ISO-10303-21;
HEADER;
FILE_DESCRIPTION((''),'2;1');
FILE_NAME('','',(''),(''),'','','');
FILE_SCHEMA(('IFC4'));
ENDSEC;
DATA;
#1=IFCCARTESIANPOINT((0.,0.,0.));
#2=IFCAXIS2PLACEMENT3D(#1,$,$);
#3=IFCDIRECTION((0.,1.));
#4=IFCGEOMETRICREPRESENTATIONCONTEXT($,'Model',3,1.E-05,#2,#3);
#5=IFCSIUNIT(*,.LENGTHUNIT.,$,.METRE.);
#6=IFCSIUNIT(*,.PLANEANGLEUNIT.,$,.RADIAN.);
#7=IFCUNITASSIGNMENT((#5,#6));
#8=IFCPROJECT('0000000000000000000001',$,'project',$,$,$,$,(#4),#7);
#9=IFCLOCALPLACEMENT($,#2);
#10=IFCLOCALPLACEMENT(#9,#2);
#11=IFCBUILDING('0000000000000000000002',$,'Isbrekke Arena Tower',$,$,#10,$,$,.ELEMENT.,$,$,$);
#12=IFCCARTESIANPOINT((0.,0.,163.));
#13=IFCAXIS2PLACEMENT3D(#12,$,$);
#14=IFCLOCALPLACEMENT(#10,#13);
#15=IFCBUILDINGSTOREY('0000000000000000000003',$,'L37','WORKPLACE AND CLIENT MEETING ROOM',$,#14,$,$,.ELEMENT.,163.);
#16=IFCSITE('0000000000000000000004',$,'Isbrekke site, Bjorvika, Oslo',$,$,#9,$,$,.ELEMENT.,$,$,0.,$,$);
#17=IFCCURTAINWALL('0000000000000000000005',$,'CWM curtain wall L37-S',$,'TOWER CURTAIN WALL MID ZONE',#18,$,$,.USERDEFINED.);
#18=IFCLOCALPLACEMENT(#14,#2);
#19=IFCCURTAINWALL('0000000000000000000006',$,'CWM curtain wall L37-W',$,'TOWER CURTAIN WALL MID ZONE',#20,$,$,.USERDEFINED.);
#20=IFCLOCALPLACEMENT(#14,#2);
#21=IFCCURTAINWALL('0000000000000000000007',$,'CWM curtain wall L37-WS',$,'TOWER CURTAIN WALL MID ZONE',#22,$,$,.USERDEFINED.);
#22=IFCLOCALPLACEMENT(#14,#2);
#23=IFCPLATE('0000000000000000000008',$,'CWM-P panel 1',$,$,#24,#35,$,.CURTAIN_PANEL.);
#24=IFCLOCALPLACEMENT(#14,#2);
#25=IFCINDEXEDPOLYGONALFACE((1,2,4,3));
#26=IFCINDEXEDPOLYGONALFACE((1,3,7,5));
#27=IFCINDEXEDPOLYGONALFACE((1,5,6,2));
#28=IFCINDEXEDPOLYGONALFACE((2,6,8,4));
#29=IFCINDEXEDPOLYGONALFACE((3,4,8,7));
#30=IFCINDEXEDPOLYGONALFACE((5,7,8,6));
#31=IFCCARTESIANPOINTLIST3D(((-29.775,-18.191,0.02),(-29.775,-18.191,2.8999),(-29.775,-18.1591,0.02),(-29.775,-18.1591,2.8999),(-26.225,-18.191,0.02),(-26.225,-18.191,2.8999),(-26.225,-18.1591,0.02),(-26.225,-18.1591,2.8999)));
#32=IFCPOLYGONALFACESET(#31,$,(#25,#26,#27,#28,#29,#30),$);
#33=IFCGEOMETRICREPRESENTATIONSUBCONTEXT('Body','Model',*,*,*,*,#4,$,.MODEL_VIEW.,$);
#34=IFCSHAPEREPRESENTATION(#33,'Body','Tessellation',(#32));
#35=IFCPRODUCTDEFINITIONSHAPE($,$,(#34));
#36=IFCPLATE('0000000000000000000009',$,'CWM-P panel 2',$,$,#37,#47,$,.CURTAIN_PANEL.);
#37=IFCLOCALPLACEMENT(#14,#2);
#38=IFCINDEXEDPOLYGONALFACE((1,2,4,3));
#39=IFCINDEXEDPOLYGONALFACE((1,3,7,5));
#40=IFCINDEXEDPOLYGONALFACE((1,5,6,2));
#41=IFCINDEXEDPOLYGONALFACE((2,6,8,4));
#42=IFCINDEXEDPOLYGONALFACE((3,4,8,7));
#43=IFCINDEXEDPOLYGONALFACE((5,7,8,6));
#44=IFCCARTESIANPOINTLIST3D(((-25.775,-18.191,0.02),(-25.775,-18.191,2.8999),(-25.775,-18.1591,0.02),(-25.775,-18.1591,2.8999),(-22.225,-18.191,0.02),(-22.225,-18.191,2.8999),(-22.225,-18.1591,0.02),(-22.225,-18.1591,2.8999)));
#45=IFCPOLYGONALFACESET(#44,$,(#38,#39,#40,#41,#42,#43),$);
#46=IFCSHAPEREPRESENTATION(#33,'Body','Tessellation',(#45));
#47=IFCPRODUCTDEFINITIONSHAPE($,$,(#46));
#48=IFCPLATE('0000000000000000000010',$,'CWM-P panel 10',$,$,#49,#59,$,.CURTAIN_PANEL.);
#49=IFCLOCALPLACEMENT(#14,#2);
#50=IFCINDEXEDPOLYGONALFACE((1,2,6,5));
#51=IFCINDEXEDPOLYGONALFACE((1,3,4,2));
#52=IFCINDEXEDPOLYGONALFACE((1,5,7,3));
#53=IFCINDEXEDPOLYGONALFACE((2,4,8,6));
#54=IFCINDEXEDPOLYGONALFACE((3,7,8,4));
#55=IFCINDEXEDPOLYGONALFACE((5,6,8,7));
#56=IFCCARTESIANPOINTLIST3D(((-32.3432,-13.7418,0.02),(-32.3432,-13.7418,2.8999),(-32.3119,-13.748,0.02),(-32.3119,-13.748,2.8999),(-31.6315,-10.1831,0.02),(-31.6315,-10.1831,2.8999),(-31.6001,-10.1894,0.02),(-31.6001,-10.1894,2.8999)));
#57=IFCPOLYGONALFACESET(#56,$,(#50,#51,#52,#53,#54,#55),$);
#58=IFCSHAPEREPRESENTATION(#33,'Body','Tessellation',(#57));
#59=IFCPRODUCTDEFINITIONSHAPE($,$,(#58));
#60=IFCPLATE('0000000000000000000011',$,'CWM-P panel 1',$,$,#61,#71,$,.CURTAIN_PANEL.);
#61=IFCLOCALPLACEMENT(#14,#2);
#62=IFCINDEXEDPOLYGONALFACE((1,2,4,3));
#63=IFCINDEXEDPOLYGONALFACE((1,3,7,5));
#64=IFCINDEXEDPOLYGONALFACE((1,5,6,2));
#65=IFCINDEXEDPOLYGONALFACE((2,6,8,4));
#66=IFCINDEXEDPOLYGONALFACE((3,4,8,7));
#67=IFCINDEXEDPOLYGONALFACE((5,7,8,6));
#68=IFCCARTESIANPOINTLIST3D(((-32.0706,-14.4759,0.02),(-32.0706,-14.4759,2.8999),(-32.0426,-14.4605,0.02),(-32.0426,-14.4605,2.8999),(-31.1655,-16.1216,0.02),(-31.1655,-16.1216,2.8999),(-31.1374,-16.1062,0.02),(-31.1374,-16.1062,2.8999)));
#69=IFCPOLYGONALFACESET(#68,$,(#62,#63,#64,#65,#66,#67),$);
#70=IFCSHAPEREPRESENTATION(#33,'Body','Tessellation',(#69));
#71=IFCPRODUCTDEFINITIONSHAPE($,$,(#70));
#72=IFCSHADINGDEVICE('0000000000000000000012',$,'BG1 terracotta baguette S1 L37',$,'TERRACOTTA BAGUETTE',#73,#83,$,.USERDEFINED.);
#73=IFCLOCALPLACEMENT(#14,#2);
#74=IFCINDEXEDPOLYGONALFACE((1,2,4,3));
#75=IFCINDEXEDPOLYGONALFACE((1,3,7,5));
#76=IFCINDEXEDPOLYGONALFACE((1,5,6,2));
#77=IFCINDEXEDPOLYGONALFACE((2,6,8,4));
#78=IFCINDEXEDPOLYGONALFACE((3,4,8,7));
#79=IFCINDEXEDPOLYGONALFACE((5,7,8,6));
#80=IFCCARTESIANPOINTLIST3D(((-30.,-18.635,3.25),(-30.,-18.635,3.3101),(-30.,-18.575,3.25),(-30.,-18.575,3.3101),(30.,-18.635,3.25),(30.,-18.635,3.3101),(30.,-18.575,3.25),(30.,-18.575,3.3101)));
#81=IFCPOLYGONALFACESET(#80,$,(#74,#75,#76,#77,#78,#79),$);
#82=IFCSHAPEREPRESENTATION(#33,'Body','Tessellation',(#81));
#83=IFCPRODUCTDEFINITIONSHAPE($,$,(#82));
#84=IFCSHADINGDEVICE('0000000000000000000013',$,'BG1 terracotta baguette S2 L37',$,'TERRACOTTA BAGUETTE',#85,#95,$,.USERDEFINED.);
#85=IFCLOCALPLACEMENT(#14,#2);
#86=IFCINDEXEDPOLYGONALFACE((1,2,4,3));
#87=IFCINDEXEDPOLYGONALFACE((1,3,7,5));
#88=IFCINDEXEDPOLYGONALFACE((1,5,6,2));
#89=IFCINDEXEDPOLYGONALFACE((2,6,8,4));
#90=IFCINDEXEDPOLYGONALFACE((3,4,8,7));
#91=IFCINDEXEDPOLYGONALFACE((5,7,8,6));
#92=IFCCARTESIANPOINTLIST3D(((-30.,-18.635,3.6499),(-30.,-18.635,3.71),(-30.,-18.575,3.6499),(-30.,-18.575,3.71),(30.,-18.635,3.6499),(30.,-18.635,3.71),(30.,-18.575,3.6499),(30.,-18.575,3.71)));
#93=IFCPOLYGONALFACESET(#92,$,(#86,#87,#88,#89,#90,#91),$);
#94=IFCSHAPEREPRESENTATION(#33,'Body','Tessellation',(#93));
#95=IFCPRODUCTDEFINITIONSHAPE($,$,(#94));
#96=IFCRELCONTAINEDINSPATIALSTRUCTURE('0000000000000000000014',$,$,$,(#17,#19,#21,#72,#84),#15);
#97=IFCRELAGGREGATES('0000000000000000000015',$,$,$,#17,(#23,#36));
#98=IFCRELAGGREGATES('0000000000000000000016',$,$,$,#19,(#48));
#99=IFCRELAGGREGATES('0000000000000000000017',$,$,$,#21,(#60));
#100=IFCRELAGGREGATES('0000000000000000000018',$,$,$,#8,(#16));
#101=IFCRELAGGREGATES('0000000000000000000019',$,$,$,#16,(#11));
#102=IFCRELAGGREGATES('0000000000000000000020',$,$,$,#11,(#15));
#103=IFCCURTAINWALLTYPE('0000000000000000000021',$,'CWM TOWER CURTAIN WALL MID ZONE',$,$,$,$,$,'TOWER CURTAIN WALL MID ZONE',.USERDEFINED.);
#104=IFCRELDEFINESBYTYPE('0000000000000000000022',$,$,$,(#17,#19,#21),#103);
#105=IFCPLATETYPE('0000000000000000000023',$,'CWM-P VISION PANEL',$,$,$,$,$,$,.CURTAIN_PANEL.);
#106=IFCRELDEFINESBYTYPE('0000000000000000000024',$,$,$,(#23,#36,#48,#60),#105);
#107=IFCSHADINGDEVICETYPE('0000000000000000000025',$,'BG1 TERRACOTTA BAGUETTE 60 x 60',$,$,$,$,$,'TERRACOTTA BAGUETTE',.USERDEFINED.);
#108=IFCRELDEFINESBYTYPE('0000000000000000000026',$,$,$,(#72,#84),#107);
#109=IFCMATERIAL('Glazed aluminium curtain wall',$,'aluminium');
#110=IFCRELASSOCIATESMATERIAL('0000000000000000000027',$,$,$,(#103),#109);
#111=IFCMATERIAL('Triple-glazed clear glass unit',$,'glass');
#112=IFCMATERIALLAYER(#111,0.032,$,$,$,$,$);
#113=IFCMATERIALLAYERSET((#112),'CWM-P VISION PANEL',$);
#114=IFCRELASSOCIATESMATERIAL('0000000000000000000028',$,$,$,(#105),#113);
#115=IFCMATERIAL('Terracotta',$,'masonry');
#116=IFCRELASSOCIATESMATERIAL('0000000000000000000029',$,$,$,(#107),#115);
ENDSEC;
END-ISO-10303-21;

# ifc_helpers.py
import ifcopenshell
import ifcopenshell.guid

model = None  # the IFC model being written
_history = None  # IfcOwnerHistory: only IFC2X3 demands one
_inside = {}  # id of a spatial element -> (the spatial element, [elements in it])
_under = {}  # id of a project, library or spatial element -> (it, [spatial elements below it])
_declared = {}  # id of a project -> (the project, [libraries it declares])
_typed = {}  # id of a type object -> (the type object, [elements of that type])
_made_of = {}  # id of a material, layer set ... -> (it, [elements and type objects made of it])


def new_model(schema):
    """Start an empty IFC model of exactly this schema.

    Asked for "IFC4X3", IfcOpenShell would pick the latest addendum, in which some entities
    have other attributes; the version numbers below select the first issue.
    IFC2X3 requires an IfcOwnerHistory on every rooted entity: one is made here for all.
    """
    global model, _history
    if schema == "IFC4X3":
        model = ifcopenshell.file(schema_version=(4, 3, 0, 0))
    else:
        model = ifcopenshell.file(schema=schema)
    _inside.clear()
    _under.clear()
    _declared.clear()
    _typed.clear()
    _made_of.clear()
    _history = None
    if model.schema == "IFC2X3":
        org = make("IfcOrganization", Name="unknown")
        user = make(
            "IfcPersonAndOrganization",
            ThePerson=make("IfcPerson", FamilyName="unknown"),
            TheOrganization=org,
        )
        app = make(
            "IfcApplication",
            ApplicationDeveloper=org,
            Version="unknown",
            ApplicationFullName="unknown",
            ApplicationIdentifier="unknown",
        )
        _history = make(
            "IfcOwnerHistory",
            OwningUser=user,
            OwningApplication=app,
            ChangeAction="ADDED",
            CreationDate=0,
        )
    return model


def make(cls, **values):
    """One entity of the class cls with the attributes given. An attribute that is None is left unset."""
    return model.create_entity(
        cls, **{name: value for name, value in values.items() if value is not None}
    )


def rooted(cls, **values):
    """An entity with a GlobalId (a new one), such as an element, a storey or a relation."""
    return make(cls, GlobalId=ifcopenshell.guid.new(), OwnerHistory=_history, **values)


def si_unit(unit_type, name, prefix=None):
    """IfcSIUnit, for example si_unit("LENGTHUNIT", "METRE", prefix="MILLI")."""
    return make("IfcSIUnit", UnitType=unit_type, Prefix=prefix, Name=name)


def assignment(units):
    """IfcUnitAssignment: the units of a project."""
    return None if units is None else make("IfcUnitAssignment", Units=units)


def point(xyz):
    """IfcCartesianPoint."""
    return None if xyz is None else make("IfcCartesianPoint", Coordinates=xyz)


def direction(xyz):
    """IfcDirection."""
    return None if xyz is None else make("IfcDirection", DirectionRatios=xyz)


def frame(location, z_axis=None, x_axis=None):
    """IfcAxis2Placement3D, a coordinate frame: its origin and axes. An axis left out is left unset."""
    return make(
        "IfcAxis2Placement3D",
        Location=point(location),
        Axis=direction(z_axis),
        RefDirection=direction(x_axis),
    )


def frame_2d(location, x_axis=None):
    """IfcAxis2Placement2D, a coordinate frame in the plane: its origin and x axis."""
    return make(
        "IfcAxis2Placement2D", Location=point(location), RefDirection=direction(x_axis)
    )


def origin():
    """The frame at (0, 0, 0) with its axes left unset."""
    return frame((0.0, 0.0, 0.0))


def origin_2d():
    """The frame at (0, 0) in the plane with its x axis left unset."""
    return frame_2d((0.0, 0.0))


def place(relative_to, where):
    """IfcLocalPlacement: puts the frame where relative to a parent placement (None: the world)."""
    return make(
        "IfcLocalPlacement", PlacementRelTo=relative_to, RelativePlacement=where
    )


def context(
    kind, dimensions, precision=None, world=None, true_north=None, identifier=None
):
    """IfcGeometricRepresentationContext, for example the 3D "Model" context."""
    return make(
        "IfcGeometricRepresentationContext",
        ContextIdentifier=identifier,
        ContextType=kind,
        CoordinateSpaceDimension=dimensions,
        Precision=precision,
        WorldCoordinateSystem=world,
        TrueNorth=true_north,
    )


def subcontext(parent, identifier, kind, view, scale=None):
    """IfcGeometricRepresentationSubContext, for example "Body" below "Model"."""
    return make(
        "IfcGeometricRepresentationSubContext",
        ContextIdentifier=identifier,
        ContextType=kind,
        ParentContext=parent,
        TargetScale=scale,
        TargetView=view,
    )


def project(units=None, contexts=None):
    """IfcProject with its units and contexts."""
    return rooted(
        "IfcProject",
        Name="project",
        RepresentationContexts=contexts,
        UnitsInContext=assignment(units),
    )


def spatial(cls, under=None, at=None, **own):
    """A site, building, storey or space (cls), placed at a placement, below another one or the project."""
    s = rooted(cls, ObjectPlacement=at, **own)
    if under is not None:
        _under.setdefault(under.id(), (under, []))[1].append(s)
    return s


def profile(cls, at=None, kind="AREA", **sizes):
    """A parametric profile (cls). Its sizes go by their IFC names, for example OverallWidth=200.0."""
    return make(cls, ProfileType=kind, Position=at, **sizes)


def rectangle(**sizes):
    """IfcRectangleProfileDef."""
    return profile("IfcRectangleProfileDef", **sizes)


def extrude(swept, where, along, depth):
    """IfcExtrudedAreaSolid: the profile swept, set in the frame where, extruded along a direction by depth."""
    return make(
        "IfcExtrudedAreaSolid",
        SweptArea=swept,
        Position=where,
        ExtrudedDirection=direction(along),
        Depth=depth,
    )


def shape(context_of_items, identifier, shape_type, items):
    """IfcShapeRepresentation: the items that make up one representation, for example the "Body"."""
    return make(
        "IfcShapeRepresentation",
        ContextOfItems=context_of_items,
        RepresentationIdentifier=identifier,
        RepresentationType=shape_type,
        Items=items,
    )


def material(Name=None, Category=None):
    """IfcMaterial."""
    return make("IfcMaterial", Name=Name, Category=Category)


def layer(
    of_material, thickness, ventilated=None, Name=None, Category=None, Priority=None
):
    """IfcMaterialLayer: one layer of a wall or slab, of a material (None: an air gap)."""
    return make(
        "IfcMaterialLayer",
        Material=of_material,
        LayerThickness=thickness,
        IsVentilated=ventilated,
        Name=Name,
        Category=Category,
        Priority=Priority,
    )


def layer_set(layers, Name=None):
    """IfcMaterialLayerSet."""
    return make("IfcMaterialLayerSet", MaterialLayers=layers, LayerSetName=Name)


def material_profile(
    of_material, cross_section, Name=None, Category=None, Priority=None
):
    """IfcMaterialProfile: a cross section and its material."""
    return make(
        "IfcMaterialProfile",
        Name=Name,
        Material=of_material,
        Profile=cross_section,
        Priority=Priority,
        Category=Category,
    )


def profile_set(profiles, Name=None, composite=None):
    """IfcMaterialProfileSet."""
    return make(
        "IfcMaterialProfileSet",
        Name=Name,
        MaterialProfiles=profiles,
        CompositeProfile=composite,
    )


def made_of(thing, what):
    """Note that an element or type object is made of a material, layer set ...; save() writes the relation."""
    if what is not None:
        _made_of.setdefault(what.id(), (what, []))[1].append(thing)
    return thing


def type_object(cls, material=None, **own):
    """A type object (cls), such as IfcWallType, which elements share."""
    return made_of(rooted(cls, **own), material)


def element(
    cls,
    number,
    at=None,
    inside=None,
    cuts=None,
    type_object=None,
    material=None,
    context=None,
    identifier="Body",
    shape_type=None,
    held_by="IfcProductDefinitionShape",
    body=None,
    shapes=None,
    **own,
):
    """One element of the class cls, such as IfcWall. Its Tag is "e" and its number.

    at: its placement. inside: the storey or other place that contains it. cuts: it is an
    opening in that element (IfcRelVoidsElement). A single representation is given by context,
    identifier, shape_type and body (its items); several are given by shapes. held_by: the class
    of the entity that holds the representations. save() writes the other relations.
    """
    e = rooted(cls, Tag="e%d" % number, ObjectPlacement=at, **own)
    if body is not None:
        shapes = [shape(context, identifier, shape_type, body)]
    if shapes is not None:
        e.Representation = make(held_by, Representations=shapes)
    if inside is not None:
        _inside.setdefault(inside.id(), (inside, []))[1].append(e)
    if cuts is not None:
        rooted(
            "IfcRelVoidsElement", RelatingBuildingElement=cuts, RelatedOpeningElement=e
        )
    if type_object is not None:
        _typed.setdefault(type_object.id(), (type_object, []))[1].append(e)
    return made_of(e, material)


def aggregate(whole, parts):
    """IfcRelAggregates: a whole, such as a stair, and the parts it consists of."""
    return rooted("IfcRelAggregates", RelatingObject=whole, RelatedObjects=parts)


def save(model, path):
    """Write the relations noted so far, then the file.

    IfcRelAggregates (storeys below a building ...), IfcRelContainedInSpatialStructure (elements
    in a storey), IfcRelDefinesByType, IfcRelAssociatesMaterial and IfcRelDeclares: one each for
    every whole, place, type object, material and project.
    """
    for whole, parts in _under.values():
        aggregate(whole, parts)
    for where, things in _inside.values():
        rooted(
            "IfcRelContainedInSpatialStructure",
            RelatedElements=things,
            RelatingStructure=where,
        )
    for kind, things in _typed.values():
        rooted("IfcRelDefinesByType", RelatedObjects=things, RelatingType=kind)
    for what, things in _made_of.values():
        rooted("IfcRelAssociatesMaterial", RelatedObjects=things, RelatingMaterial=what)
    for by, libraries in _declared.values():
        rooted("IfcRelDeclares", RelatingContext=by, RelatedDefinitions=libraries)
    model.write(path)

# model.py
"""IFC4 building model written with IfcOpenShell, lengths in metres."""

from ifc_helpers import new_model, si_unit, direction, frame, origin, origin_2d, place, context, subcontext, project, spatial, rectangle, extrude, material, layer, layer_set, material_profile, profile_set, type_object, element, aggregate, save


model = new_model("IFC4")

# Units and contexts
model_context = context("Model", 3, precision=1e-05, world=origin(), true_north=direction((0.0, 1.0)))
body_context = subcontext(model_context, "Body", "Model", "MODEL_VIEW")
ifc_project = project(units=[si_unit("LENGTHUNIT", "METRE"), si_unit("PLANEANGLEUNIT", "RADIAN")], contexts=[model_context])

# Site, building, storey
site_placement = place(None, origin())
site = spatial("IfcSite", under=ifc_project, at=site_placement, Name="Isbrekke site, Bjorvika, Oslo", CompositionType="ELEMENT", RefElevation=0.0)
building_placement = place(site_placement, origin())
building = spatial("IfcBuilding", under=site, at=building_placement, Name="Isbrekke Arena Tower", CompositionType="ELEMENT")
storey_placement = place(building_placement, frame((0.0, 0.0, 163.0)))
storey = spatial("IfcBuildingStorey", under=building, at=storey_placement, Name="L37", Description="WORKPLACE AND CLIENT MEETING ROOM", CompositionType="ELEMENT", Elevation=163.0)

# Curtain wall
ifc_material_1 = material(Name="Glazed aluminium curtain wall", Category="aluminium")
curtain_wall_type = type_object("IfcCurtainWallType", Name="CWM TOWER CURTAIN WALL MID ZONE", ElementType="TOWER CURTAIN WALL MID ZONE", PredefinedType="USERDEFINED", material=ifc_material_1)
curtain_wall_1_placement = place(storey_placement, origin())
curtain_wall_1 = element("IfcCurtainWall", 1, at=curtain_wall_1_placement, inside=storey, type_object=curtain_wall_type, Name="CWM curtain wall L37-S", ObjectType="TOWER CURTAIN WALL MID ZONE", PredefinedType="USERDEFINED")

# Curtain wall
curtain_wall_2_placement = place(storey_placement, origin())
curtain_wall_2 = element("IfcCurtainWall", 2, at=curtain_wall_2_placement, inside=storey, type_object=curtain_wall_type, Name="CWM curtain wall L37-W", ObjectType="TOWER CURTAIN WALL MID ZONE", PredefinedType="USERDEFINED")

# Curtain wall
curtain_wall_3_placement = place(storey_placement, origin())
curtain_wall_3 = element("IfcCurtainWall", 3, at=curtain_wall_3_placement, inside=storey, type_object=curtain_wall_type, Name="CWM curtain wall L37-WS", ObjectType="TOWER CURTAIN WALL MID ZONE", PredefinedType="USERDEFINED")

# Plates
ifc_material_2 = material(Name="Triple-glazed clear glass unit", Category="glass")
ifc_layer = layer(ifc_material_2, 0.032)
ifc_layer_set = layer_set([ifc_layer], Name="CWM-P VISION PANEL")
plate_type = type_object("IfcPlateType", Name="CWM-P VISION PANEL", PredefinedType="CURTAIN_PANEL", material=ifc_layer_set)
plate_1_placement = place(storey_placement, frame((-28.0, -18.175, 0.02), z_axis=(0.0, 0.0, 1.0), x_axis=(1.0, 0.0, 0.0)))
plate_1 = element("IfcPlate", 4, at=plate_1_placement, type_object=plate_type, Name="CWM-P panel 1", PredefinedType="CURTAIN_PANEL", context=body_context, shape_type="SweptSolid", body=[
    extrude(rectangle(XDim=3.55, YDim=0.032, at=origin_2d()), origin(), (0.0, 0.0, 1.0), 2.8799),
])
plate_2_placement = place(storey_placement, frame((-24.0, -18.175, 0.02), z_axis=(0.0, 0.0, 1.0), x_axis=(1.0, 0.0, 0.0)))
plate_2 = element("IfcPlate", 5, at=plate_2_placement, type_object=plate_type, Name="CWM-P panel 2", PredefinedType="CURTAIN_PANEL", context=body_context, shape_type="SweptSolid", body=[
    extrude(rectangle(XDim=3.55, YDim=0.032, at=origin_2d()), origin(), (0.0, 0.0, 1.0), 2.8799),
])
aggregate(curtain_wall_1, [plate_1, plate_2])
plate_3_placement = place(storey_placement, frame((-31.9717, -11.9656, 0.02), z_axis=(0.0, 0.0, 1.0), x_axis=(-0.196116, -0.980581, 0.0)))
plate_3 = element("IfcPlate", 6, at=plate_3_placement, type_object=plate_type, Name="CWM-P panel 10", PredefinedType="CURTAIN_PANEL", context=body_context, shape_type="SweptSolid", body=[
    extrude(rectangle(XDim=3.6292, YDim=0.032, at=origin_2d()), origin(), (0.0, 0.0, 1.0), 2.8799),
])
aggregate(curtain_wall_2, [plate_3])
plate_4_placement = place(storey_placement, frame((-31.604, -15.291, 0.02), z_axis=(0.0, 0.0, 1.0), x_axis=(0.481919, -0.876216, 0.0)))
plate_4 = element("IfcPlate", 7, at=plate_4_placement, type_object=plate_type, Name="CWM-P panel 1", PredefinedType="CURTAIN_PANEL", context=body_context, shape_type="SweptSolid", body=[
    extrude(rectangle(XDim=1.8782, YDim=0.032, at=origin_2d()), origin(), (0.0, 0.0, 1.0), 2.8799),
])
aggregate(curtain_wall_3, [plate_4])

# Shading devices
ifc_material_3 = material(Name="Terracotta", Category="masonry")
ifc_material_profile_1 = material_profile(ifc_material_3, rectangle(XDim=0.0601, YDim=0.0601, at=origin_2d()), Name="BAGUETTE 60X60")
ifc_profile_set_1 = profile_set([ifc_material_profile_1], Name="Terracotta")
shading_device_type = type_object("IfcShadingDeviceType", Name="BG1 TERRACOTTA BAGUETTE 60 x 60", ElementType="TERRACOTTA BAGUETTE", PredefinedType="USERDEFINED", material=ifc_profile_set_1)
for number, where, z_axis, x_axis, name in (
    (8, (-30.0, -18.605, 3.28), (1.0, 0.0, 0.0), (0.0, 1.0, 0.0), "BG1 terracotta baguette S1 L37"),
    (9, (-30.0, -18.605, 3.6799), (1.0, 0.0, 0.0), (0.0, 1.0, 0.0), "BG1 terracotta baguette S2 L37"),
):
    element("IfcShadingDevice", number, at=place(storey_placement, frame(where, z_axis=z_axis, x_axis=x_axis)), inside=storey, type_object=shading_device_type, Name=name, ObjectType="TERRACOTTA BAGUETTE", PredefinedType="USERDEFINED", context=body_context, shape_type="SweptSolid", body=[
        extrude(rectangle(XDim=0.0601, YDim=0.0601, at=origin_2d()), origin(), (0.0, 0.0, 1.0), 60.0),
    ])

save(model, "model.ifc")
